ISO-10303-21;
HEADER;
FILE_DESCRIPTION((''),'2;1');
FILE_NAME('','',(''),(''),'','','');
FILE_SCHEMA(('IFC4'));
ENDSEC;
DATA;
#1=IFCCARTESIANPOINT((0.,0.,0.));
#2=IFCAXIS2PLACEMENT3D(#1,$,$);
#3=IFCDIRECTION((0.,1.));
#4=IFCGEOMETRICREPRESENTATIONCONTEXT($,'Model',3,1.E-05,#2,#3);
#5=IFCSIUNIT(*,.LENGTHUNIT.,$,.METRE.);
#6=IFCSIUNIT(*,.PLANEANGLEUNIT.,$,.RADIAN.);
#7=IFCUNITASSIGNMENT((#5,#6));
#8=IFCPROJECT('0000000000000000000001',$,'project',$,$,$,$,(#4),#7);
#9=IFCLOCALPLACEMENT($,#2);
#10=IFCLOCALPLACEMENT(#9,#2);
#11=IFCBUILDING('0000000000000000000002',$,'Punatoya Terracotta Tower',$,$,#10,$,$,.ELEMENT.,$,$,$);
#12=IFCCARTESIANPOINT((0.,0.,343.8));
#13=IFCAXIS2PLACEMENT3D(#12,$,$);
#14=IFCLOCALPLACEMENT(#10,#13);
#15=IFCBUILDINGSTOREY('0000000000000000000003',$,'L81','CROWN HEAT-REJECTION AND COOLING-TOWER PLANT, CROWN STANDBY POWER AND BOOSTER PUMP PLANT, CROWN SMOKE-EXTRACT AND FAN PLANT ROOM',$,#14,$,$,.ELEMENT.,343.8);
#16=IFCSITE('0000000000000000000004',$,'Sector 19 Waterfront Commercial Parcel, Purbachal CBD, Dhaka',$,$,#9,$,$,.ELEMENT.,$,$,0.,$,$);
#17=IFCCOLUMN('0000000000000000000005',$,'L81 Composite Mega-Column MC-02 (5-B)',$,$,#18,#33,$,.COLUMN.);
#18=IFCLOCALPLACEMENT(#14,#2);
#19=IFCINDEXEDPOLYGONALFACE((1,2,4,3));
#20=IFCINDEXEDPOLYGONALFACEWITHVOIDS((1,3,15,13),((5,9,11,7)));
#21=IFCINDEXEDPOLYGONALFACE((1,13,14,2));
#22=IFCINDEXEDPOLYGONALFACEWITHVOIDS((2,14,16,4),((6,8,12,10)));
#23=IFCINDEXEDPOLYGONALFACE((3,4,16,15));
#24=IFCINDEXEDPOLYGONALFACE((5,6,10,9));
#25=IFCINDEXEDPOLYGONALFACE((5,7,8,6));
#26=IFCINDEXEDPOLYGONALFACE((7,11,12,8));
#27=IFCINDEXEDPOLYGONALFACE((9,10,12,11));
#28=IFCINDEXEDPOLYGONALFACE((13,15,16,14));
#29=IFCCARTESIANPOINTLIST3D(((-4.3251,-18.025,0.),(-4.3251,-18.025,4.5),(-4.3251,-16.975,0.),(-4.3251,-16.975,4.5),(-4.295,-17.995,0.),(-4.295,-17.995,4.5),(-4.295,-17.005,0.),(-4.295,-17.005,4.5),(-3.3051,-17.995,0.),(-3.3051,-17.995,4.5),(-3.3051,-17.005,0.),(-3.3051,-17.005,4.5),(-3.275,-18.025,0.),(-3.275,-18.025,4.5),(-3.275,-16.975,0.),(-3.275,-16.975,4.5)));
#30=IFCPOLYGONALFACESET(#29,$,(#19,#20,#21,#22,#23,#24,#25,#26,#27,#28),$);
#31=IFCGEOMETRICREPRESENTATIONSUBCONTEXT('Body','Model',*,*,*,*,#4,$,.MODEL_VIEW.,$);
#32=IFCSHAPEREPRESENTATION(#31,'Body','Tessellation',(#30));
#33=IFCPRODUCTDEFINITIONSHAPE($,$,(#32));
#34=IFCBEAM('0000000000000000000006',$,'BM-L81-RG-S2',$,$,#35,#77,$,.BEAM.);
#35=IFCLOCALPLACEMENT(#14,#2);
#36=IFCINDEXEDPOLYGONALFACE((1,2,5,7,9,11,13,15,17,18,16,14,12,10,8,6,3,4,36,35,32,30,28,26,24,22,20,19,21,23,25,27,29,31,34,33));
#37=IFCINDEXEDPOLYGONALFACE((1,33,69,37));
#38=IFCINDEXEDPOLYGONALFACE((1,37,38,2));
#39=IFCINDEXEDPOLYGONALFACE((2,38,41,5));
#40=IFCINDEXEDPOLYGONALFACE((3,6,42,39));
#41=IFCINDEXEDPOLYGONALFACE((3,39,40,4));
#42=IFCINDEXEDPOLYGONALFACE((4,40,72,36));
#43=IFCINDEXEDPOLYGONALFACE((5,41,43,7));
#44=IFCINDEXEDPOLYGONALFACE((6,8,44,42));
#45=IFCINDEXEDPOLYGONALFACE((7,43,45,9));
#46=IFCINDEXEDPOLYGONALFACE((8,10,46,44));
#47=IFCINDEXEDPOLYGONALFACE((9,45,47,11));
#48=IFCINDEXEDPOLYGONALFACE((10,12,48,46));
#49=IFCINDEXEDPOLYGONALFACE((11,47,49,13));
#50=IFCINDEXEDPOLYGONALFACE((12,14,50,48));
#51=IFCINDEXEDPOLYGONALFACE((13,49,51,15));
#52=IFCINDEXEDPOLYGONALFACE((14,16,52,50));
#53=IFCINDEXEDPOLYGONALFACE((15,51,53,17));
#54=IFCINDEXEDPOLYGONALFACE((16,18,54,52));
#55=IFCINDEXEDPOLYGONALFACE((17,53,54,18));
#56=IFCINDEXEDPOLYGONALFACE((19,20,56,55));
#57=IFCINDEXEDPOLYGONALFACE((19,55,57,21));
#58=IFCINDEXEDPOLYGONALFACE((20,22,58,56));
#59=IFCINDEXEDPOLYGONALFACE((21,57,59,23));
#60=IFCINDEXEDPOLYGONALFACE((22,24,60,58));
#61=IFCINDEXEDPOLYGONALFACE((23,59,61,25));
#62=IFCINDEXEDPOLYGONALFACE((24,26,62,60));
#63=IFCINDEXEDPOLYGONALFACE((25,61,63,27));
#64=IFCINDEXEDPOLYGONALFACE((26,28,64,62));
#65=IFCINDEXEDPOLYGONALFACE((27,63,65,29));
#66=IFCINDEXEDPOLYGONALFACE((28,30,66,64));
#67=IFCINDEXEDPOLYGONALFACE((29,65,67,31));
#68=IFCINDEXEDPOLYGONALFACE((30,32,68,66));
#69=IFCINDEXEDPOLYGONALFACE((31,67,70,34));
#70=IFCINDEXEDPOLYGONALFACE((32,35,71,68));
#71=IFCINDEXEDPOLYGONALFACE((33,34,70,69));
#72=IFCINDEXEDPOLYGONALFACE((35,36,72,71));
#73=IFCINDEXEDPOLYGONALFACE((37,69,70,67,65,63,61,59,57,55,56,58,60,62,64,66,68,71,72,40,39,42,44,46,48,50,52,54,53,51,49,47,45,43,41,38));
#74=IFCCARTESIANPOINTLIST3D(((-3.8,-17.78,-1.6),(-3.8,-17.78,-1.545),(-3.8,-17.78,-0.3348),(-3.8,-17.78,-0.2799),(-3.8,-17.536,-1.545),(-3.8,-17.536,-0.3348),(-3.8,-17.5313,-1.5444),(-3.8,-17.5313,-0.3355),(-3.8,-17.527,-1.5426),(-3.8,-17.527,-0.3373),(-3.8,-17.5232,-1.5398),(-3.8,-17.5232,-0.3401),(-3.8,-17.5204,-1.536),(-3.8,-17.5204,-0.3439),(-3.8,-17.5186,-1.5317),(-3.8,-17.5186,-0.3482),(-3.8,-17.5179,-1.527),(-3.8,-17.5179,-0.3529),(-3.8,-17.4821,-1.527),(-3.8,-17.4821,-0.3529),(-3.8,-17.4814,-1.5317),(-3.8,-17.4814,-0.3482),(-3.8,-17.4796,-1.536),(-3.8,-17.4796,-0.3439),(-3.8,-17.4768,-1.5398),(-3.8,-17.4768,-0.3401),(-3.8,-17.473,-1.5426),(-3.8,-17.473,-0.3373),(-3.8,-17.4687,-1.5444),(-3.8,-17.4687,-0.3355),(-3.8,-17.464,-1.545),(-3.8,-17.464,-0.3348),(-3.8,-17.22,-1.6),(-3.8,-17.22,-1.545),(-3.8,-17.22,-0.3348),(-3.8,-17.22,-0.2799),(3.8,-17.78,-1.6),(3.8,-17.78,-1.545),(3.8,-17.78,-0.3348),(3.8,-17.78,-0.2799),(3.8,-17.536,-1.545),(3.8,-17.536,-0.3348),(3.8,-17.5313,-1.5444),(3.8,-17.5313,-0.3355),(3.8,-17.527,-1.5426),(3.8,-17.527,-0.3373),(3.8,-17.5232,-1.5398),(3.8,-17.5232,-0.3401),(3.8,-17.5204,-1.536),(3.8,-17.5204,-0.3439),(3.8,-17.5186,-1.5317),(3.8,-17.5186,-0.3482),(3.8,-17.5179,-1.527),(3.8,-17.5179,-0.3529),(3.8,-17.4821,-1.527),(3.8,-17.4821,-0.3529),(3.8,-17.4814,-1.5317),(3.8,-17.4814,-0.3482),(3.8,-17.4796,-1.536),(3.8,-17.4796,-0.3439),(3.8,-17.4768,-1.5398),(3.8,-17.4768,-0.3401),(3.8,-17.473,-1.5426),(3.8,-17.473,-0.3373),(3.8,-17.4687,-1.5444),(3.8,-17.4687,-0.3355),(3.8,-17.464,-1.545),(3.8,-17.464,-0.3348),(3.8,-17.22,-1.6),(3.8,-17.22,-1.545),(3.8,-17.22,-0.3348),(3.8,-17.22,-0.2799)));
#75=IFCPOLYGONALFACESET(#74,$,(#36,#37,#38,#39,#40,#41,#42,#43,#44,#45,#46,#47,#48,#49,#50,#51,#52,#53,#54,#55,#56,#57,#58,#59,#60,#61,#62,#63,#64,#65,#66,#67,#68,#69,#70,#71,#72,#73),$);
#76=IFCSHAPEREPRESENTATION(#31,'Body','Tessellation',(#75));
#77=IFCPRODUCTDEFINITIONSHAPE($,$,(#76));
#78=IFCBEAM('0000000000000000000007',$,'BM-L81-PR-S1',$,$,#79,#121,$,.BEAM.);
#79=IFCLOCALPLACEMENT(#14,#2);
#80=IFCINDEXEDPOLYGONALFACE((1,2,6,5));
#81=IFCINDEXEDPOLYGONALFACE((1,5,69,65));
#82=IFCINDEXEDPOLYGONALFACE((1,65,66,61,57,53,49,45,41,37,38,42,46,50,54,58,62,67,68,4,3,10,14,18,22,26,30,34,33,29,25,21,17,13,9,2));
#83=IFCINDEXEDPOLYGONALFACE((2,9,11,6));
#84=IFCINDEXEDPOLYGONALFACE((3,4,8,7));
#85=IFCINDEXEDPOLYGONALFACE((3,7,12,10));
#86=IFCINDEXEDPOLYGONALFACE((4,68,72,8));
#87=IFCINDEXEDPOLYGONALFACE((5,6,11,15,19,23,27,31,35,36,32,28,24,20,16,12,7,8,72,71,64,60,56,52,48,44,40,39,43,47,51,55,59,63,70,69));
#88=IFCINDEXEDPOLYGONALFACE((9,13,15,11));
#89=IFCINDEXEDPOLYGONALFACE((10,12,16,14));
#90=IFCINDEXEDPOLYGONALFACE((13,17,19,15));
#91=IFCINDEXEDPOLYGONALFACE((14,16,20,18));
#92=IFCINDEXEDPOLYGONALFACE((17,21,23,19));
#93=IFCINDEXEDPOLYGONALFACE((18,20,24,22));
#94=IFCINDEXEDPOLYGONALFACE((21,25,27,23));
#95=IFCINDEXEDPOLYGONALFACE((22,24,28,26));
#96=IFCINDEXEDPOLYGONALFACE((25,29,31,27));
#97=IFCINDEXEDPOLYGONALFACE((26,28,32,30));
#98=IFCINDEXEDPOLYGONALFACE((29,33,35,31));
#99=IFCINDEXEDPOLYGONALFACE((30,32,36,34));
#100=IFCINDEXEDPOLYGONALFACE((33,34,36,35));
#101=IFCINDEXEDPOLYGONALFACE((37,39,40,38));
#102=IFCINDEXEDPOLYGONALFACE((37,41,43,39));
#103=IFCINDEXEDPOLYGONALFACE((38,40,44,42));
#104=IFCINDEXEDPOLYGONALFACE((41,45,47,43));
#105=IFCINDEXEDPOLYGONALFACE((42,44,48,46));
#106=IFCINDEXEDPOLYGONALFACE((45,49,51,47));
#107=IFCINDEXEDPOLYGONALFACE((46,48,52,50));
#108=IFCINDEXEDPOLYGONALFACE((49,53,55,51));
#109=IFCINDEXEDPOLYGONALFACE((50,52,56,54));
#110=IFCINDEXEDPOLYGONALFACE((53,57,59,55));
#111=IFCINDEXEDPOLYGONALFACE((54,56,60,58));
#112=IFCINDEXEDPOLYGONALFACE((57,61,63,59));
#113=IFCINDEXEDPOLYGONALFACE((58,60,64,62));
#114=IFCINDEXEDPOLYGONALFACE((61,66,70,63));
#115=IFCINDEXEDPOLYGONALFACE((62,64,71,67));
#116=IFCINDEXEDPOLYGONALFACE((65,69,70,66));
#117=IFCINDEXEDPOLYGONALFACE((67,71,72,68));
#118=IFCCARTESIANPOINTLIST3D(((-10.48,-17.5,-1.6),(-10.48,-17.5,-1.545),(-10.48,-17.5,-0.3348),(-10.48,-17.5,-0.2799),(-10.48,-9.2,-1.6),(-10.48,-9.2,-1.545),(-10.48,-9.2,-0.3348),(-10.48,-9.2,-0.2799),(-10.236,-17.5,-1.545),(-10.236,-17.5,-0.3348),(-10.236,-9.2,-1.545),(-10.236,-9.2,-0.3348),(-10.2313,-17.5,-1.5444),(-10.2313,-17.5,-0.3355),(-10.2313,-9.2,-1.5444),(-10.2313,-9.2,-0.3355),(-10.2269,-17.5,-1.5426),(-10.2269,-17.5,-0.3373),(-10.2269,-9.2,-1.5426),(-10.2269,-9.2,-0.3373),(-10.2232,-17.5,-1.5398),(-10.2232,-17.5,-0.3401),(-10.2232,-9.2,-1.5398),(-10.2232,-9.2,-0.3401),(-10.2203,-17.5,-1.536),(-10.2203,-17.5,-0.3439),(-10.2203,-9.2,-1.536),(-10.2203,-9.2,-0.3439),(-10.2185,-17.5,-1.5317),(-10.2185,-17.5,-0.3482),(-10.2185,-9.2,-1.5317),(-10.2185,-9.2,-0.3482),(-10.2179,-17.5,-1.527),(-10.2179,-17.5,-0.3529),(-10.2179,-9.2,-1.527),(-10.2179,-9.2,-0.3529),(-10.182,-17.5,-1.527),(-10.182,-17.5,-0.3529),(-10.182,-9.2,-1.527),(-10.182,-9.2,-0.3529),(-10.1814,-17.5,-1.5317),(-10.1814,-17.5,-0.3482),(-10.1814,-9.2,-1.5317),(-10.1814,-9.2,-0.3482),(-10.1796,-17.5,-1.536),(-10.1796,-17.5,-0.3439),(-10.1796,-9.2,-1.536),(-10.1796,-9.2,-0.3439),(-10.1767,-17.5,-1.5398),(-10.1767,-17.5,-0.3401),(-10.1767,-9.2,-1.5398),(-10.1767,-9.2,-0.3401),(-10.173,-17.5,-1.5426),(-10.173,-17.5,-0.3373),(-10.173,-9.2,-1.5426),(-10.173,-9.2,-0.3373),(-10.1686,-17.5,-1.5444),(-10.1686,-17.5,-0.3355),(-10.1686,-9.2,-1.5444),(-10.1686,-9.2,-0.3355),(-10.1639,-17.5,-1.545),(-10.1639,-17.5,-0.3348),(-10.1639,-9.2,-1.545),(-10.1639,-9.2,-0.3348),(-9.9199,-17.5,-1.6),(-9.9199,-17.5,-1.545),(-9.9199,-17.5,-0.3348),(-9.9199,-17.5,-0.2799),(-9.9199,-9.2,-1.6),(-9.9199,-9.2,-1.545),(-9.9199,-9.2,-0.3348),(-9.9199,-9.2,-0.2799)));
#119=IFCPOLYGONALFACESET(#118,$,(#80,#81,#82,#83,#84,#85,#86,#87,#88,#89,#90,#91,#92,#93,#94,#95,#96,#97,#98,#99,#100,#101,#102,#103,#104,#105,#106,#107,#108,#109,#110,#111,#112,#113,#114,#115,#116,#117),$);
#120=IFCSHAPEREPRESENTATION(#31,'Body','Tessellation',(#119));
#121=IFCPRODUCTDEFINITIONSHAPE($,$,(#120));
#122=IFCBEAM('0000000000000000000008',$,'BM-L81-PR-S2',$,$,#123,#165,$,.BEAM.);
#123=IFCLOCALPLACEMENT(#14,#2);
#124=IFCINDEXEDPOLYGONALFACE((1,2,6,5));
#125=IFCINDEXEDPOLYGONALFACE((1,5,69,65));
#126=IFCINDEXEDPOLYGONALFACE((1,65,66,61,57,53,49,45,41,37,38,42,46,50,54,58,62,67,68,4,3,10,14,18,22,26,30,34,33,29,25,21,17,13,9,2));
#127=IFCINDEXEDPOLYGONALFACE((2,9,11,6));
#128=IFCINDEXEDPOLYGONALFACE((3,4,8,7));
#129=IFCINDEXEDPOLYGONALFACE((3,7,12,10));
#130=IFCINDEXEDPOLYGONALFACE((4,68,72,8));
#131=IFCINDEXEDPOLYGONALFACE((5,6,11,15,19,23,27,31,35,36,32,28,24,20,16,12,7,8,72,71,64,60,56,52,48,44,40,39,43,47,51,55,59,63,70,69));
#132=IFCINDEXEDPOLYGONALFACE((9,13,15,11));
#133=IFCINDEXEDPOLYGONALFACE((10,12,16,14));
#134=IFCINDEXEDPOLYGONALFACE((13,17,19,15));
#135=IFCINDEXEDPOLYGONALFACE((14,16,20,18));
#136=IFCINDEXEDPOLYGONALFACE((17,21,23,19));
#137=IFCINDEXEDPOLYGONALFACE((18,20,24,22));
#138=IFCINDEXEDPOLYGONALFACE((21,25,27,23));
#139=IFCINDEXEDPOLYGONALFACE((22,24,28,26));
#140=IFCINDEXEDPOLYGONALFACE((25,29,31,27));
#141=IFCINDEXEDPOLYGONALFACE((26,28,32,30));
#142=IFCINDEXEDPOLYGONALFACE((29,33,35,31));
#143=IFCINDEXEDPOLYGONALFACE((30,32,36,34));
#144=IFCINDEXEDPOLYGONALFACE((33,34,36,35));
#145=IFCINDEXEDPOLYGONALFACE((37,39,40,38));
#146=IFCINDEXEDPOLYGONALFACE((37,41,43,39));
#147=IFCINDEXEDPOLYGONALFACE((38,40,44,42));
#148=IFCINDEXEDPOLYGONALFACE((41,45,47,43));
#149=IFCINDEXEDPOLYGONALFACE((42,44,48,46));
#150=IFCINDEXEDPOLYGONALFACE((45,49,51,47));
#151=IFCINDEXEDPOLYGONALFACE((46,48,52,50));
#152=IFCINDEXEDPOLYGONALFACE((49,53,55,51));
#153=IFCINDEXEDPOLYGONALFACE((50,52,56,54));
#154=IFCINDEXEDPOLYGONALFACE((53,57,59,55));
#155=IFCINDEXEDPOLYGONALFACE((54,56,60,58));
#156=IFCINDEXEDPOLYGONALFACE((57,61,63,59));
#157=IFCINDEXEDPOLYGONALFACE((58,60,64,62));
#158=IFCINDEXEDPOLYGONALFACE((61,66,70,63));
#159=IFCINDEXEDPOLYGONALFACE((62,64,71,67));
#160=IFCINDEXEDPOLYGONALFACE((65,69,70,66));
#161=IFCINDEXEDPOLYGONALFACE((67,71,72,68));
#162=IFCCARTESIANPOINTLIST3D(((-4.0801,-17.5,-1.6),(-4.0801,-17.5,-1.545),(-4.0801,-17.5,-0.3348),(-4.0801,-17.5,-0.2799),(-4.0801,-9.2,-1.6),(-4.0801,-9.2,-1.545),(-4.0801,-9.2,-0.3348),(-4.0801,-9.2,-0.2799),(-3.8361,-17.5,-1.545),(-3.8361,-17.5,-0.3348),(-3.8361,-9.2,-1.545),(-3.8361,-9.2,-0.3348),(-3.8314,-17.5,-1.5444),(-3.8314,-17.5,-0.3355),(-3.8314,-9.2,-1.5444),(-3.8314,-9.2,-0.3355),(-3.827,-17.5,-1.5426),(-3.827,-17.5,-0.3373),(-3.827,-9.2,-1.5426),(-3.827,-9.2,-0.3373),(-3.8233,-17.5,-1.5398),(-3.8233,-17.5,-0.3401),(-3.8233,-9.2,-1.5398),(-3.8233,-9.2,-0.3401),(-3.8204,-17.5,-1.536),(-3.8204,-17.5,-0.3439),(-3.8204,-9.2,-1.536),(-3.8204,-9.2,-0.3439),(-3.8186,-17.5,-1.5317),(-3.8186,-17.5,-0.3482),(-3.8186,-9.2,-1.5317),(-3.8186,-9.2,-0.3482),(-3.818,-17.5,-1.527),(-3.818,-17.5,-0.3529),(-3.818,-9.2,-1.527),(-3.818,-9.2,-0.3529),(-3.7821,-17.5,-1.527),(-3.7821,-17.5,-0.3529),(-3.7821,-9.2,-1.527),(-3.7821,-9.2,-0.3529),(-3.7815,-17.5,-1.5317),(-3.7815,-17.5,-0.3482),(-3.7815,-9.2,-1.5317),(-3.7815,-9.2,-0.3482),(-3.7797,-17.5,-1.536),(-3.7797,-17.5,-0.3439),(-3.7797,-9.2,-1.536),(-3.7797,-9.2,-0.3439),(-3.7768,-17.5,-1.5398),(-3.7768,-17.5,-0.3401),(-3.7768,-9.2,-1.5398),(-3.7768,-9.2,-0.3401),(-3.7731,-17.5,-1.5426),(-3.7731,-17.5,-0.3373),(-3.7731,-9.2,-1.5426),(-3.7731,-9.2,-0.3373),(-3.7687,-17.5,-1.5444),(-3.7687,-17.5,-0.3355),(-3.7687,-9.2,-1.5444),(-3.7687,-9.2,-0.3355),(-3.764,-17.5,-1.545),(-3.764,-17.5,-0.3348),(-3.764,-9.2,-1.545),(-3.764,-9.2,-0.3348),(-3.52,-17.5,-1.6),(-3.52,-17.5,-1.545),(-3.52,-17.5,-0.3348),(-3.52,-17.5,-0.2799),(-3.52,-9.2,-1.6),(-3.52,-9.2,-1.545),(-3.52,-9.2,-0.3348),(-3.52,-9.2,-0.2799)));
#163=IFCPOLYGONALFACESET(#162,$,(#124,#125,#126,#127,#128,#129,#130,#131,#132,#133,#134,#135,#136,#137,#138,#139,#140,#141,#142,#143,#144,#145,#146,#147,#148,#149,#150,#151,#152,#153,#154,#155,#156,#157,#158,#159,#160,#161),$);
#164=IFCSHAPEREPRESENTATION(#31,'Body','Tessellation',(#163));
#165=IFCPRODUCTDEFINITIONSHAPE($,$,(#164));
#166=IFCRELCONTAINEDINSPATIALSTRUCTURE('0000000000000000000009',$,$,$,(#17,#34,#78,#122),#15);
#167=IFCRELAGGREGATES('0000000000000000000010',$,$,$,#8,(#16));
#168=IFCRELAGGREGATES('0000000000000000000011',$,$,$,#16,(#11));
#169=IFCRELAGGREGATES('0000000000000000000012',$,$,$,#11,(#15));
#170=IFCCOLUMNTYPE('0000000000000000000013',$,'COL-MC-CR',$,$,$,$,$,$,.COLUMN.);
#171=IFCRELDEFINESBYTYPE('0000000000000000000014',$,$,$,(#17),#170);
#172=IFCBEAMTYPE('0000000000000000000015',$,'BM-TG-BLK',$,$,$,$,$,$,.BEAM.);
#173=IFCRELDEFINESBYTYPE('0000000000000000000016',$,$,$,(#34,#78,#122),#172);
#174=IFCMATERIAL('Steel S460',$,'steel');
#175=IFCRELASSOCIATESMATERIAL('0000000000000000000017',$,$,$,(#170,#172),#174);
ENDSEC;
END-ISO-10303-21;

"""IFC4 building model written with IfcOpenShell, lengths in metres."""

from ifc_helpers import new_model, si_unit, direction, frame, origin, origin_2d, place, context, subcontext, project, spatial, hollow_rectangle, i_section, extrude, material, material_profile, profile_set, type_object, element, save


model = new_model("IFC4")

# Units and contexts
model_context = context("Model", 3, precision=1e-05, world=origin(), true_north=direction((0.0, 1.0)))
body_context = subcontext(model_context, "Body", "Model", "MODEL_VIEW")
ifc_project = project(units=[si_unit("LENGTHUNIT", "METRE"), si_unit("PLANEANGLEUNIT", "RADIAN")], contexts=[model_context])

# Site, building, storey
site_placement = place(None, origin())
site = spatial("IfcSite", under=ifc_project, at=site_placement, Name="Sector 19 Waterfront Commercial Parcel, Purbachal CBD, Dhaka", CompositionType="ELEMENT", RefElevation=0.0)
building_placement = place(site_placement, origin())
building = spatial("IfcBuilding", under=site, at=building_placement, Name="Punatoya Terracotta Tower", CompositionType="ELEMENT")
storey_placement = place(building_placement, frame((0.0, 0.0, 343.8)))
storey = spatial("IfcBuildingStorey", under=building, at=storey_placement, Name="L81", Description="CROWN HEAT-REJECTION AND COOLING-TOWER PLANT, CROWN STANDBY POWER AND BOOSTER PUMP PLANT, CROWN SMOKE-EXTRACT AND FAN PLANT ROOM", CompositionType="ELEMENT", Elevation=343.8)

# Column
ifc_material_1 = material(Name="Steel S460", Category="steel")
ifc_material_profile_1 = material_profile(ifc_material_1, hollow_rectangle(XDim=1.05, YDim=1.05, WallThickness=0.03, at=origin_2d()))
ifc_profile_set_1 = profile_set([ifc_material_profile_1], Name="Steel S460")
column_type = type_object("IfcColumnType", Name="COL-MC-CR", PredefinedType="COLUMN", material=ifc_profile_set_1)
column_placement = place(storey_placement, frame((-3.8, -17.5, 0.0), z_axis=(0.0, 0.0, 1.0), x_axis=(1.0, 0.0, 0.0)))
element("IfcColumn", 1, at=column_placement, inside=storey, type_object=column_type, Name="L81 Composite Mega-Column MC-02 (5-B)", PredefinedType="COLUMN", context=body_context, shape_type="SweptSolid", body=[
    extrude(hollow_rectangle(XDim=1.05, YDim=1.05, WallThickness=0.03, at=origin_2d()), origin(), (0.0, 0.0, 1.0), 4.5),
])

# Beams
ifc_material_profile_2 = material_profile(ifc_material_1, i_section(OverallWidth=0.5601, OverallDepth=1.3201, WebThickness=0.0359, FlangeThickness=0.0549, FilletRadius=0.0181, at=origin_2d()))
ifc_profile_set_2 = profile_set([ifc_material_profile_2], Name="Steel S460")
beam_type_1 = type_object("IfcBeamType", Name="BM-TG-BLK", PredefinedType="BEAM", material=ifc_profile_set_2)
beam_1_placement = place(storey_placement, frame((-3.8, -17.5, -0.9399), z_axis=(1.0, 0.0, 0.0), x_axis=(0.0, 1.0, 0.0)))
element("IfcBeam", 2, at=beam_1_placement, inside=storey, type_object=beam_type_1, Name="BM-L81-RG-S2", PredefinedType="BEAM", context=body_context, shape_type="SweptSolid", body=[
    extrude(i_section(OverallWidth=0.5601, OverallDepth=1.3201, WebThickness=0.0359, FlangeThickness=0.0549, FilletRadius=0.0181, at=origin_2d()), origin(), (0.0, 0.0, 1.0), 7.6001),
])
for number, where, z_axis, x_axis, name in (
    (3, (-10.2, -17.5, -0.9399), (0.0, 1.0, 0.0), (-1.0, 0.0, 0.0), "BM-L81-PR-S1"),
    (4, (-3.8, -17.5, -0.9399), (0.0, 1.0, 0.0), (-1.0, 0.0, 0.0), "BM-L81-PR-S2"),
):
    element("IfcBeam", number, at=place(storey_placement, frame(where, z_axis=z_axis, x_axis=x_axis)), inside=storey, type_object=beam_type_1, Name=name, PredefinedType="BEAM", context=body_context, shape_type="SweptSolid", body=[
        extrude(i_section(OverallWidth=0.5601, OverallDepth=1.3201, WebThickness=0.0359, FlangeThickness=0.0549, FilletRadius=0.0181, at=origin_2d()), origin(), (0.0, 0.0, 1.0), 8.3),
    ])

save(model, "model.ifc")
